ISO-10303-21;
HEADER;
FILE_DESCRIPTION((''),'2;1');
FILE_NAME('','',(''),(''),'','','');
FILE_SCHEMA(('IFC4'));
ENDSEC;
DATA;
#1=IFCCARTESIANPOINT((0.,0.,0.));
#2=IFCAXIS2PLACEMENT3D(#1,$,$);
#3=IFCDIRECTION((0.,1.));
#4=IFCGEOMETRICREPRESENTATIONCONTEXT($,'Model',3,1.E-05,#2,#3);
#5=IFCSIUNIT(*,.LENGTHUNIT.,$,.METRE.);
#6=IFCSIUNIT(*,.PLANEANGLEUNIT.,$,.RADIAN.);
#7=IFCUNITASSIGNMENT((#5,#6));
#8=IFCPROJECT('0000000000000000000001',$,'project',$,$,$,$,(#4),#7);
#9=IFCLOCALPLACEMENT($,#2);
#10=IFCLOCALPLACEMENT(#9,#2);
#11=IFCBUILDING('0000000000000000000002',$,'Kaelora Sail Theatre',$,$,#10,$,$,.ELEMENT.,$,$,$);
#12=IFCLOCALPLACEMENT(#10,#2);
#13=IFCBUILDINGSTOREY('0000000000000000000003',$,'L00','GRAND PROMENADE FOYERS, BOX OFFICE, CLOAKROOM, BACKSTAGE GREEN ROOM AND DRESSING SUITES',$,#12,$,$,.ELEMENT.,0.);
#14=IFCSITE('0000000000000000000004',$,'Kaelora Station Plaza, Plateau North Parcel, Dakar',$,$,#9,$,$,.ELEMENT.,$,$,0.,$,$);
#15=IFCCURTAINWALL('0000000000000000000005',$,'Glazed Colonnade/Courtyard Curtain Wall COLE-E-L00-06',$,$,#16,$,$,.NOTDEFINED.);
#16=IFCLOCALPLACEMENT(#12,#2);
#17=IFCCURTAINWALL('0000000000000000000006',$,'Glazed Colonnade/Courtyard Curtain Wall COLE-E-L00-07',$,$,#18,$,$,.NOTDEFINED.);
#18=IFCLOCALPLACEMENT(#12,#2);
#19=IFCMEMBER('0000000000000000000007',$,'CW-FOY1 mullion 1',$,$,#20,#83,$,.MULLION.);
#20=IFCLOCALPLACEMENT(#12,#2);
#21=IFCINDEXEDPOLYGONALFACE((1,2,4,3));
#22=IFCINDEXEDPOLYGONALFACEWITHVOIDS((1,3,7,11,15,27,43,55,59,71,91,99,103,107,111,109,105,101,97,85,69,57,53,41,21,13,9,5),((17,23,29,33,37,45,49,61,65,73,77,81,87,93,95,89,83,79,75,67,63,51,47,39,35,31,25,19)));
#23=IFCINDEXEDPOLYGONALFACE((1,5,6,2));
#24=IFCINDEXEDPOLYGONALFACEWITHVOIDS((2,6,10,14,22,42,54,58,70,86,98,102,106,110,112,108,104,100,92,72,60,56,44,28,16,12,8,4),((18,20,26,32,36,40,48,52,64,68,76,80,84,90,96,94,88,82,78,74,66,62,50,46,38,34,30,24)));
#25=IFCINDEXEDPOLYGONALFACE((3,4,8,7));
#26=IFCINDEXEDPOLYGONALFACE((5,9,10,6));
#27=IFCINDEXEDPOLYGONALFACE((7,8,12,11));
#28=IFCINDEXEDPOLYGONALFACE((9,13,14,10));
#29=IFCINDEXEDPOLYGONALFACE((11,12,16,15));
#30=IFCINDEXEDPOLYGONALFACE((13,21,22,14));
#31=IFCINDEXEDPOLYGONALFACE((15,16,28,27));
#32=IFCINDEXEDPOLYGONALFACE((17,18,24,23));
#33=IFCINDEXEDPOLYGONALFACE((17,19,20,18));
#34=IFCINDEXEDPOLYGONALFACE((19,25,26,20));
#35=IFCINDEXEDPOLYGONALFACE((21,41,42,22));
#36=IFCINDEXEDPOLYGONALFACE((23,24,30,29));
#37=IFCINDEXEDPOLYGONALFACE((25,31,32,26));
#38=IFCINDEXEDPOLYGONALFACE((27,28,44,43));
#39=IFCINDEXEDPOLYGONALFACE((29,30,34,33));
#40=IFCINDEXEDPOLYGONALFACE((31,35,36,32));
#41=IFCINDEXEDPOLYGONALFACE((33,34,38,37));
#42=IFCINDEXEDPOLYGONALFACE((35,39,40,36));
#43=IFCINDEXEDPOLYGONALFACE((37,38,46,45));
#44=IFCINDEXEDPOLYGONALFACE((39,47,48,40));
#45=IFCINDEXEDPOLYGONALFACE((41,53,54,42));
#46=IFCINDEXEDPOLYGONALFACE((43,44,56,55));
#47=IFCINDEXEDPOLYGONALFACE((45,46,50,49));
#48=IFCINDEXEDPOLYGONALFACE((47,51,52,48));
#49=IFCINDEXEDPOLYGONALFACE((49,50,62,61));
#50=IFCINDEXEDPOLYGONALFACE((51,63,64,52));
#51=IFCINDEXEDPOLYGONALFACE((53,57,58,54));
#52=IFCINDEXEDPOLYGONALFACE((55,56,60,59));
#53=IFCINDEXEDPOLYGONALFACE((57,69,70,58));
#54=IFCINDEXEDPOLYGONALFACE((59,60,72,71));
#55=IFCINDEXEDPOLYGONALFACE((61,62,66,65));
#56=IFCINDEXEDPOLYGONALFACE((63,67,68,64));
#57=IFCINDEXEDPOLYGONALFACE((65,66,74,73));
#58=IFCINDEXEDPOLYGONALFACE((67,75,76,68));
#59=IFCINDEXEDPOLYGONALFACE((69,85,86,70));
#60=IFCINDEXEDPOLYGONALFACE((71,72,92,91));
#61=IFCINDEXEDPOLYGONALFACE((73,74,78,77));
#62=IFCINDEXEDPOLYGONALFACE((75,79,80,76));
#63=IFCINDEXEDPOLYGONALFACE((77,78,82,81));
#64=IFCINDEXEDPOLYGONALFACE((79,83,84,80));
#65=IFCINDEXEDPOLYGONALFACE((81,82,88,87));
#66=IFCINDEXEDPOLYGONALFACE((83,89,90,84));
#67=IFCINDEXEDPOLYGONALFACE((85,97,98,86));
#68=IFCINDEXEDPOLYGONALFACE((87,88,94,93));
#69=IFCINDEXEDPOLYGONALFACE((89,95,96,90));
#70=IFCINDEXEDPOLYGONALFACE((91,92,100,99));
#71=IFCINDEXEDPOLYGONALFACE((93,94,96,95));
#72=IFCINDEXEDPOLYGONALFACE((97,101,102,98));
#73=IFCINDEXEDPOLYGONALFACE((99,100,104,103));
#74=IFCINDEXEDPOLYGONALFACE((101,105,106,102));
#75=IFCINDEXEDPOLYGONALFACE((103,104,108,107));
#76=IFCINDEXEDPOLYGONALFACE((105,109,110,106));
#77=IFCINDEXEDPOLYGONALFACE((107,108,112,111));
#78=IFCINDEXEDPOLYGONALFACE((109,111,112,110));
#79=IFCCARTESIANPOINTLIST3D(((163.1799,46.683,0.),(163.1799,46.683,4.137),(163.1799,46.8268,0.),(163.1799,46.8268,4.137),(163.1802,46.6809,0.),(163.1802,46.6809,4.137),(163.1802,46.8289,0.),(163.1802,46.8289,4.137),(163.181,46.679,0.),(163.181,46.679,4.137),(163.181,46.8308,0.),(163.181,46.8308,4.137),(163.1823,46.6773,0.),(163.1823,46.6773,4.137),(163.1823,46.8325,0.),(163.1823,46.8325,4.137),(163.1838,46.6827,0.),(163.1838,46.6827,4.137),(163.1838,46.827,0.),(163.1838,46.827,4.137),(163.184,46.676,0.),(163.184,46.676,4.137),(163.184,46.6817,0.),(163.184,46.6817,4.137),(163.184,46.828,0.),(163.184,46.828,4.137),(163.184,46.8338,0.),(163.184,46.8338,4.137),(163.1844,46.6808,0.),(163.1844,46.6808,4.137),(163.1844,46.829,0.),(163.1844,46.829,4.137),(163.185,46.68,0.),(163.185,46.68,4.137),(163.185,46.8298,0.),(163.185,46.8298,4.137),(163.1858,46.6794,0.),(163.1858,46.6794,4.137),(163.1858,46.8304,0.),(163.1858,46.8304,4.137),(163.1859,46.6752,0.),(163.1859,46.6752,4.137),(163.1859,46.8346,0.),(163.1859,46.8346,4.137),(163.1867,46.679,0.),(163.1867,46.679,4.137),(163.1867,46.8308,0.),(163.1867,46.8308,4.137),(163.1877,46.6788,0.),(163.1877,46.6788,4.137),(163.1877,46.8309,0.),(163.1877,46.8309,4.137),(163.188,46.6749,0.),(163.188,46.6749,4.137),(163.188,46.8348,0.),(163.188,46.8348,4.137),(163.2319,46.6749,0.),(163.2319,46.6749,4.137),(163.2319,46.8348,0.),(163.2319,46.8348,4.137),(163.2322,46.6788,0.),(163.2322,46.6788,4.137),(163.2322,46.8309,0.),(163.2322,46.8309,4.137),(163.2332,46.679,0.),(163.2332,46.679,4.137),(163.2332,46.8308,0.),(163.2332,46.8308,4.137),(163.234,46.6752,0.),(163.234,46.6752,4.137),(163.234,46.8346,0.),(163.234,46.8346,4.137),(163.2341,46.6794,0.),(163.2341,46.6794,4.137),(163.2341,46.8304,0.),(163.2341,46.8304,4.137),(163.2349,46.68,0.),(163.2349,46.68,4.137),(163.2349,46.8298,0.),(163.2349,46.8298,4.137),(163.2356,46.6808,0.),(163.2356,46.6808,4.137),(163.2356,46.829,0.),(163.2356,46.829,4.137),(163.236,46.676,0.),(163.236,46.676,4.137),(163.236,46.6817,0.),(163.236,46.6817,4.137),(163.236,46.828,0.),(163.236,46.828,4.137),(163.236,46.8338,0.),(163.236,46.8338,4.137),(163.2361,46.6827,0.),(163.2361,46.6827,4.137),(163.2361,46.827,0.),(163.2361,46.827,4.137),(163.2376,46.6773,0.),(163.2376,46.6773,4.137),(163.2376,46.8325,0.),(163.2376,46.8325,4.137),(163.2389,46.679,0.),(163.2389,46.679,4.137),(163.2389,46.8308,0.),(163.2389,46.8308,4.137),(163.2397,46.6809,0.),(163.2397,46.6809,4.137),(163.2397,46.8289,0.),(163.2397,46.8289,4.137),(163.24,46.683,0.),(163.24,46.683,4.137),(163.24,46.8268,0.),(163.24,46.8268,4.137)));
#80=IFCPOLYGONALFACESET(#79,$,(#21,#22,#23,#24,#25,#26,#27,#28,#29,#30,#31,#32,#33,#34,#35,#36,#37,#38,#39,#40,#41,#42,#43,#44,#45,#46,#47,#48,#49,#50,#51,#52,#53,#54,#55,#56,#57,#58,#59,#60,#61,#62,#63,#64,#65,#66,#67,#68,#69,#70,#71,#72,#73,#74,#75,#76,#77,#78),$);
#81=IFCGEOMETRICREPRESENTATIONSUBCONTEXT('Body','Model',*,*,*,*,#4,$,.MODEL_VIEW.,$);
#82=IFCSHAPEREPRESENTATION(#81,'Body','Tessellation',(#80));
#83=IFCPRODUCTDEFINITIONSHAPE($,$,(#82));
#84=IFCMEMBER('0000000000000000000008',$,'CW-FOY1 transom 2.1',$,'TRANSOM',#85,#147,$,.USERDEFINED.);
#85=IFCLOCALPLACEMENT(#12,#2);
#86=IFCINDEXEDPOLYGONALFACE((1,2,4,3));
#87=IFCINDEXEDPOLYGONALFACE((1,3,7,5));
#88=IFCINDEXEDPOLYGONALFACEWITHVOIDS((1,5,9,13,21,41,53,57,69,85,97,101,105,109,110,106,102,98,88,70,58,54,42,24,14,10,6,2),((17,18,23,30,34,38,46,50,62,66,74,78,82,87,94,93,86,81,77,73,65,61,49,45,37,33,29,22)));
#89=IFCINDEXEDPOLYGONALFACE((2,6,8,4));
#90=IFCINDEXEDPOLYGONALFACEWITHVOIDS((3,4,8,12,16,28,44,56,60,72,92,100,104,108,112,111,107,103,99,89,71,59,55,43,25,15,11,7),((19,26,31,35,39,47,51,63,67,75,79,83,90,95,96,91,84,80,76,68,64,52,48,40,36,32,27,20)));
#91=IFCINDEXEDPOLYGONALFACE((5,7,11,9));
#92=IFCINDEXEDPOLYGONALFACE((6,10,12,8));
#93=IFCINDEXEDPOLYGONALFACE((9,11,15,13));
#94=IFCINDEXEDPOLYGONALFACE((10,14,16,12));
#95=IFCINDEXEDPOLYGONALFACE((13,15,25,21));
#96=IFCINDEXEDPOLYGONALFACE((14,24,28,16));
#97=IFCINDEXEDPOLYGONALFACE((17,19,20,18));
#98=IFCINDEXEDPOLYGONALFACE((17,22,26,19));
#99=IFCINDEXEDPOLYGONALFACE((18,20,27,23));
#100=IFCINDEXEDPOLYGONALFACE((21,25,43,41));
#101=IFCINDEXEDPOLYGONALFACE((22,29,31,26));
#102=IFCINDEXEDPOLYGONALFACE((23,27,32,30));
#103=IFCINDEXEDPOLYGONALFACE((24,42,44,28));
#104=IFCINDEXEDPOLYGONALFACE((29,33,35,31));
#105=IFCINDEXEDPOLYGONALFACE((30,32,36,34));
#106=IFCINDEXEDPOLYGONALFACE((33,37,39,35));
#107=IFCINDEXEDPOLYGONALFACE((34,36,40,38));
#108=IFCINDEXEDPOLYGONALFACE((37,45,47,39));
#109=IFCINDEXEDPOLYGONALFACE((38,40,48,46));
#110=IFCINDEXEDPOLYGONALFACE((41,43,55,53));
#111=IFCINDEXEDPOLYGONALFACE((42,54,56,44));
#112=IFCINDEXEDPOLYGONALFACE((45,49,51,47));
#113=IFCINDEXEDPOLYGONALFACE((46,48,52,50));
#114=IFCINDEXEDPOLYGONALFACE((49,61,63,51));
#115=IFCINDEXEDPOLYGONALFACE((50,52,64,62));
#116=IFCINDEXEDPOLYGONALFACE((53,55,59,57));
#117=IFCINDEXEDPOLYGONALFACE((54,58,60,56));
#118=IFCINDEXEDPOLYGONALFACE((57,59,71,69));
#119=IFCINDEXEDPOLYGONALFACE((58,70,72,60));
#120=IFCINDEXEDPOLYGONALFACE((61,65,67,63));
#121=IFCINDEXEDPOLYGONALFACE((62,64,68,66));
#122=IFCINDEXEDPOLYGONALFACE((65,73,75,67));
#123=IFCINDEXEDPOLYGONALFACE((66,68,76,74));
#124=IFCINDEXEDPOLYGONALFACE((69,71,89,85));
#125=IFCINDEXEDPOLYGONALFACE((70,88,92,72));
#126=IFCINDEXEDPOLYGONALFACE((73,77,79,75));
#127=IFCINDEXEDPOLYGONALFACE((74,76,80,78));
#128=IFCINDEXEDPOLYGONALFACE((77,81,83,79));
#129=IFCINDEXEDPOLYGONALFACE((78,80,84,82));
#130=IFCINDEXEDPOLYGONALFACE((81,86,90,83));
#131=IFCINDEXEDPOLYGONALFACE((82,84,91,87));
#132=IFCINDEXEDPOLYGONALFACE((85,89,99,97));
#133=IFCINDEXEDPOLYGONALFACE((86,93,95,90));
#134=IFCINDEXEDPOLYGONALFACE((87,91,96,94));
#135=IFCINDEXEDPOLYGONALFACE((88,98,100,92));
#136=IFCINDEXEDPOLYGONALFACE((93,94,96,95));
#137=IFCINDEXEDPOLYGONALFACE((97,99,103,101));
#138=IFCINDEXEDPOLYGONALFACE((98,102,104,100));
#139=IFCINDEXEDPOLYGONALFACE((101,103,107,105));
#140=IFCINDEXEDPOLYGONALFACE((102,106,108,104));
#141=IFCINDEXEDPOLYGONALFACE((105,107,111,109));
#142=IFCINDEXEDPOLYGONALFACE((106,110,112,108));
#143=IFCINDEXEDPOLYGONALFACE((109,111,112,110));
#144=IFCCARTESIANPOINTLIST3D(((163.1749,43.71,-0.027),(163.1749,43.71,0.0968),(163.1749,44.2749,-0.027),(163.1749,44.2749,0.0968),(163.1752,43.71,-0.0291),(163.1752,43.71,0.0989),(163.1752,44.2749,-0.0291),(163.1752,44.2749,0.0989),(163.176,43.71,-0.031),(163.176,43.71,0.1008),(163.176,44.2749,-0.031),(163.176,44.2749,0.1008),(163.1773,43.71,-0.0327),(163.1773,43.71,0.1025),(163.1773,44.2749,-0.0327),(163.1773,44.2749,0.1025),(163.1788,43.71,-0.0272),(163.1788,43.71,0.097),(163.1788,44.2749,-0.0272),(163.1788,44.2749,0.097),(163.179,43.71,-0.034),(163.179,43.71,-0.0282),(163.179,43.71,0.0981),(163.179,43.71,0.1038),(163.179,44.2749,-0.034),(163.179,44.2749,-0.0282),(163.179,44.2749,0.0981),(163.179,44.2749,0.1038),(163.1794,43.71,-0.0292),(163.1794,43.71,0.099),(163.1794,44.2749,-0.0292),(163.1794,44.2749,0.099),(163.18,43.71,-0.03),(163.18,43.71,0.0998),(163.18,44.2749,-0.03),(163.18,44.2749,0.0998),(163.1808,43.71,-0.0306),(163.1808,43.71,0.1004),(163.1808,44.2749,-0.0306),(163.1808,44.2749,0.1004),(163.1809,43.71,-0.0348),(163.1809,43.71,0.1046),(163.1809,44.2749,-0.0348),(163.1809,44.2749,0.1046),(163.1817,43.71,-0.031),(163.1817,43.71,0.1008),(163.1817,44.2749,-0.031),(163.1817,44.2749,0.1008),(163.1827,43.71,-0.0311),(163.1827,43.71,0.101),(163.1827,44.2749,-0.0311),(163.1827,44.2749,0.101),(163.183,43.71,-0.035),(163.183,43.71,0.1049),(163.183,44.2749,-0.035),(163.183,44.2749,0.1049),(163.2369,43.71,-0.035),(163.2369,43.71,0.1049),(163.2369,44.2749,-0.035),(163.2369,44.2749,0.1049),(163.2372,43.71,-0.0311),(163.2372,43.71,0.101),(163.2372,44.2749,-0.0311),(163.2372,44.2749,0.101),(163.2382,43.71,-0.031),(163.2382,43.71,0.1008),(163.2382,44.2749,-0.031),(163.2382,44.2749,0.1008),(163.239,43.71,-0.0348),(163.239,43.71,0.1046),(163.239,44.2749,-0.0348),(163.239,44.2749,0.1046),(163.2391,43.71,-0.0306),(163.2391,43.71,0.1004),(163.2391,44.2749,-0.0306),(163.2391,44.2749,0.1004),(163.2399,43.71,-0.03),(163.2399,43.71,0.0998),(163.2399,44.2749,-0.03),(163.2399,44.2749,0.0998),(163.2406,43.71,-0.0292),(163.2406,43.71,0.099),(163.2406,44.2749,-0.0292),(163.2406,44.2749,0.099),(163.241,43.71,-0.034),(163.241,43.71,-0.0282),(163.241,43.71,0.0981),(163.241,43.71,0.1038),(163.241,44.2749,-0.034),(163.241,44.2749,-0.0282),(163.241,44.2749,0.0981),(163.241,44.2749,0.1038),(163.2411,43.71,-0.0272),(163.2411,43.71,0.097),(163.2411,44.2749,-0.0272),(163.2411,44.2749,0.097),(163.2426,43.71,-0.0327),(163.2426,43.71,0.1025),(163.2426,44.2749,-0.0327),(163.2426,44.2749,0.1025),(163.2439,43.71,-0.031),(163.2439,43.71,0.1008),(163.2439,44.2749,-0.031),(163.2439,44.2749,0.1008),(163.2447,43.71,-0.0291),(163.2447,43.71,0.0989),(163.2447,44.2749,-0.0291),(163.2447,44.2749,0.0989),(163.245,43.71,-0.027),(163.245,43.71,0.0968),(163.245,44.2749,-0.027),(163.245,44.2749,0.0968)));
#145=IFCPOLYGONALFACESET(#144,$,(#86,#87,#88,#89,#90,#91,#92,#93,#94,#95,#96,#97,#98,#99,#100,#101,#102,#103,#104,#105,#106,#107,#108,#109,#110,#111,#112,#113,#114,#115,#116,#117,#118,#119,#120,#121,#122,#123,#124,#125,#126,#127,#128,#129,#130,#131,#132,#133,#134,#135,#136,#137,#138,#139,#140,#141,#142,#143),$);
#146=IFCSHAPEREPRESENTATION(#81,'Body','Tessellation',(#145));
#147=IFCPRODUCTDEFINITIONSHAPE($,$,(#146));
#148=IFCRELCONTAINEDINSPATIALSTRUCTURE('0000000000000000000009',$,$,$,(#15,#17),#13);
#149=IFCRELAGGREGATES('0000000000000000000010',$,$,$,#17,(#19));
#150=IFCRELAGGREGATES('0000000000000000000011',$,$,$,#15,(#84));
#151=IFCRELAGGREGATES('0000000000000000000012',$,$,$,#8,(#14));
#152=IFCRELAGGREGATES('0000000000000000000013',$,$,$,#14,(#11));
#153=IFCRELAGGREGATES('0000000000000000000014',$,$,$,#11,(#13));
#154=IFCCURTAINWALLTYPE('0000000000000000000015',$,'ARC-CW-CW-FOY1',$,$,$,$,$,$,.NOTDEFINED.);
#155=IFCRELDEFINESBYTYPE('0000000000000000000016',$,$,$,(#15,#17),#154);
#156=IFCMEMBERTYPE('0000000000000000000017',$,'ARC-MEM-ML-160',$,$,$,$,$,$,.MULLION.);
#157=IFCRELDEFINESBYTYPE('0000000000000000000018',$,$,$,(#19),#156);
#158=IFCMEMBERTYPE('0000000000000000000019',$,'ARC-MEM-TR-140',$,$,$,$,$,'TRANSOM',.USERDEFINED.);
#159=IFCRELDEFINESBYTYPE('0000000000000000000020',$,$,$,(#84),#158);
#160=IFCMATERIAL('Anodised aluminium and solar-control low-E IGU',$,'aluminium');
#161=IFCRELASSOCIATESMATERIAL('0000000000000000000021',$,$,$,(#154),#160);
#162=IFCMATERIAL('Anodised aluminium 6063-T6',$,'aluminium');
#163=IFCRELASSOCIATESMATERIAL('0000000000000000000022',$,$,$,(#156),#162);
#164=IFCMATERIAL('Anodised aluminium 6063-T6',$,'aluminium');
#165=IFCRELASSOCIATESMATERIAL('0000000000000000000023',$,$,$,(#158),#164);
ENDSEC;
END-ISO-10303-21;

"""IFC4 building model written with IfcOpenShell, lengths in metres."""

from ifc_helpers import new_model, si_unit, direction, frame, origin, origin_2d, place, context, subcontext, project, spatial, hollow_rectangle, extrude, material, material_profile, profile_set, type_object, element, aggregate, save


model = new_model("IFC4")

# Units and contexts
model_context = context("Model", 3, precision=1e-05, world=origin(), true_north=direction((0.0, 1.0)))
body_context = subcontext(model_context, "Body", "Model", "MODEL_VIEW")
ifc_project = project(units=[si_unit("LENGTHUNIT", "METRE"), si_unit("PLANEANGLEUNIT", "RADIAN")], contexts=[model_context])

# Site, building, storey
site_placement = place(None, origin())
site = spatial("IfcSite", under=ifc_project, at=site_placement, Name="Kaelora Station Plaza, Plateau North Parcel, Dakar", CompositionType="ELEMENT", RefElevation=0.0)
building_placement = place(site_placement, origin())
building = spatial("IfcBuilding", under=site, at=building_placement, Name="Kaelora Sail Theatre", CompositionType="ELEMENT")
storey_placement = place(building_placement, origin())
storey = spatial("IfcBuildingStorey", under=building, at=storey_placement, Name="L00", Description="GRAND PROMENADE FOYERS, BOX OFFICE, CLOAKROOM, BACKSTAGE GREEN ROOM AND DRESSING SUITES", CompositionType="ELEMENT", Elevation=0.0)

# Curtain wall
ifc_material_1 = material(Name="Anodised aluminium and solar-control low-E IGU", Category="aluminium")
curtain_wall_type = type_object("IfcCurtainWallType", Name="ARC-CW-CW-FOY1", PredefinedType="NOTDEFINED", material=ifc_material_1)
curtain_wall_1_placement = place(storey_placement, origin())
curtain_wall_1 = element("IfcCurtainWall", 1, at=curtain_wall_1_placement, inside=storey, type_object=curtain_wall_type, Name="Glazed Colonnade/Courtyard Curtain Wall COLE-E-L00-06", PredefinedType="NOTDEFINED")
ifc_material_2 = material(Name="Anodised aluminium 6063-T6", Category="aluminium")
ifc_material_profile_1 = material_profile(ifc_material_2, hollow_rectangle(XDim=0.0601, YDim=0.1599, WallThickness=0.0039, InnerFilletRadius=0.0039, OuterFilletRadius=0.0081, at=origin_2d()), Name="ALU-MULL 60x160x4")
ifc_profile_set_1 = profile_set([ifc_material_profile_1], Name="Anodised aluminium 6063-T6")
member_type_1 = type_object("IfcMemberType", Name="ARC-MEM-ML-160", PredefinedType="MULLION", material=ifc_profile_set_1)

# Curtain wall, member
curtain_wall_2_placement = place(storey_placement, origin())
curtain_wall_2 = element("IfcCurtainWall", 2, at=curtain_wall_2_placement, inside=storey, type_object=curtain_wall_type, Name="Glazed Colonnade/Courtyard Curtain Wall COLE-E-L00-07", PredefinedType="NOTDEFINED")
member_1_placement = place(storey_placement, frame((163.21, 46.7549, 0.0), z_axis=(0.0, 0.0, 1.0), x_axis=(-1.0, 0.0, 0.0)))
member_1 = element("IfcMember", 3, at=member_1_placement, type_object=member_type_1, Name="CW-FOY1 mullion 1", PredefinedType="MULLION", context=body_context, shape_type="SweptSolid", body=[
    extrude(hollow_rectangle(XDim=0.0601, YDim=0.1599, WallThickness=0.0039, InnerFilletRadius=0.0039, OuterFilletRadius=0.0081, at=origin_2d()), origin(), (0.0, 0.0, 1.0), 4.137),
])

# Member
ifc_material_3 = material(Name="Anodised aluminium 6063-T6", Category="aluminium")
ifc_material_profile_2 = material_profile(ifc_material_3, hollow_rectangle(XDim=0.0701, YDim=0.1399, WallThickness=0.0039, InnerFilletRadius=0.0039, OuterFilletRadius=0.0081, at=origin_2d()), Name="ALU-TRAN 70x140x4")
ifc_profile_set_2 = profile_set([ifc_material_profile_2], Name="Anodised aluminium 6063-T6")
member_type_2 = type_object("IfcMemberType", Name="ARC-MEM-TR-140", ElementType="TRANSOM", PredefinedType="USERDEFINED", material=ifc_profile_set_2)
member_2_placement = place(storey_placement, frame((163.21, 43.71, 0.0349), z_axis=(0.0, 1.0, 0.0), x_axis=(-1.0, 0.0, 0.0)))
member_2 = element("IfcMember", 4, at=member_2_placement, type_object=member_type_2, Name="CW-FOY1 transom 2.1", ObjectType="TRANSOM", PredefinedType="USERDEFINED", context=body_context, shape_type="SweptSolid", body=[
    extrude(hollow_rectangle(XDim=0.0701, YDim=0.1399, WallThickness=0.0039, InnerFilletRadius=0.0039, OuterFilletRadius=0.0081, at=origin_2d()), origin(), (0.0, 0.0, 1.0), 0.5649),
])
aggregate(curtain_wall_2, [member_1])

aggregate(curtain_wall_1, [member_2])

save(model, "model.ifc")
